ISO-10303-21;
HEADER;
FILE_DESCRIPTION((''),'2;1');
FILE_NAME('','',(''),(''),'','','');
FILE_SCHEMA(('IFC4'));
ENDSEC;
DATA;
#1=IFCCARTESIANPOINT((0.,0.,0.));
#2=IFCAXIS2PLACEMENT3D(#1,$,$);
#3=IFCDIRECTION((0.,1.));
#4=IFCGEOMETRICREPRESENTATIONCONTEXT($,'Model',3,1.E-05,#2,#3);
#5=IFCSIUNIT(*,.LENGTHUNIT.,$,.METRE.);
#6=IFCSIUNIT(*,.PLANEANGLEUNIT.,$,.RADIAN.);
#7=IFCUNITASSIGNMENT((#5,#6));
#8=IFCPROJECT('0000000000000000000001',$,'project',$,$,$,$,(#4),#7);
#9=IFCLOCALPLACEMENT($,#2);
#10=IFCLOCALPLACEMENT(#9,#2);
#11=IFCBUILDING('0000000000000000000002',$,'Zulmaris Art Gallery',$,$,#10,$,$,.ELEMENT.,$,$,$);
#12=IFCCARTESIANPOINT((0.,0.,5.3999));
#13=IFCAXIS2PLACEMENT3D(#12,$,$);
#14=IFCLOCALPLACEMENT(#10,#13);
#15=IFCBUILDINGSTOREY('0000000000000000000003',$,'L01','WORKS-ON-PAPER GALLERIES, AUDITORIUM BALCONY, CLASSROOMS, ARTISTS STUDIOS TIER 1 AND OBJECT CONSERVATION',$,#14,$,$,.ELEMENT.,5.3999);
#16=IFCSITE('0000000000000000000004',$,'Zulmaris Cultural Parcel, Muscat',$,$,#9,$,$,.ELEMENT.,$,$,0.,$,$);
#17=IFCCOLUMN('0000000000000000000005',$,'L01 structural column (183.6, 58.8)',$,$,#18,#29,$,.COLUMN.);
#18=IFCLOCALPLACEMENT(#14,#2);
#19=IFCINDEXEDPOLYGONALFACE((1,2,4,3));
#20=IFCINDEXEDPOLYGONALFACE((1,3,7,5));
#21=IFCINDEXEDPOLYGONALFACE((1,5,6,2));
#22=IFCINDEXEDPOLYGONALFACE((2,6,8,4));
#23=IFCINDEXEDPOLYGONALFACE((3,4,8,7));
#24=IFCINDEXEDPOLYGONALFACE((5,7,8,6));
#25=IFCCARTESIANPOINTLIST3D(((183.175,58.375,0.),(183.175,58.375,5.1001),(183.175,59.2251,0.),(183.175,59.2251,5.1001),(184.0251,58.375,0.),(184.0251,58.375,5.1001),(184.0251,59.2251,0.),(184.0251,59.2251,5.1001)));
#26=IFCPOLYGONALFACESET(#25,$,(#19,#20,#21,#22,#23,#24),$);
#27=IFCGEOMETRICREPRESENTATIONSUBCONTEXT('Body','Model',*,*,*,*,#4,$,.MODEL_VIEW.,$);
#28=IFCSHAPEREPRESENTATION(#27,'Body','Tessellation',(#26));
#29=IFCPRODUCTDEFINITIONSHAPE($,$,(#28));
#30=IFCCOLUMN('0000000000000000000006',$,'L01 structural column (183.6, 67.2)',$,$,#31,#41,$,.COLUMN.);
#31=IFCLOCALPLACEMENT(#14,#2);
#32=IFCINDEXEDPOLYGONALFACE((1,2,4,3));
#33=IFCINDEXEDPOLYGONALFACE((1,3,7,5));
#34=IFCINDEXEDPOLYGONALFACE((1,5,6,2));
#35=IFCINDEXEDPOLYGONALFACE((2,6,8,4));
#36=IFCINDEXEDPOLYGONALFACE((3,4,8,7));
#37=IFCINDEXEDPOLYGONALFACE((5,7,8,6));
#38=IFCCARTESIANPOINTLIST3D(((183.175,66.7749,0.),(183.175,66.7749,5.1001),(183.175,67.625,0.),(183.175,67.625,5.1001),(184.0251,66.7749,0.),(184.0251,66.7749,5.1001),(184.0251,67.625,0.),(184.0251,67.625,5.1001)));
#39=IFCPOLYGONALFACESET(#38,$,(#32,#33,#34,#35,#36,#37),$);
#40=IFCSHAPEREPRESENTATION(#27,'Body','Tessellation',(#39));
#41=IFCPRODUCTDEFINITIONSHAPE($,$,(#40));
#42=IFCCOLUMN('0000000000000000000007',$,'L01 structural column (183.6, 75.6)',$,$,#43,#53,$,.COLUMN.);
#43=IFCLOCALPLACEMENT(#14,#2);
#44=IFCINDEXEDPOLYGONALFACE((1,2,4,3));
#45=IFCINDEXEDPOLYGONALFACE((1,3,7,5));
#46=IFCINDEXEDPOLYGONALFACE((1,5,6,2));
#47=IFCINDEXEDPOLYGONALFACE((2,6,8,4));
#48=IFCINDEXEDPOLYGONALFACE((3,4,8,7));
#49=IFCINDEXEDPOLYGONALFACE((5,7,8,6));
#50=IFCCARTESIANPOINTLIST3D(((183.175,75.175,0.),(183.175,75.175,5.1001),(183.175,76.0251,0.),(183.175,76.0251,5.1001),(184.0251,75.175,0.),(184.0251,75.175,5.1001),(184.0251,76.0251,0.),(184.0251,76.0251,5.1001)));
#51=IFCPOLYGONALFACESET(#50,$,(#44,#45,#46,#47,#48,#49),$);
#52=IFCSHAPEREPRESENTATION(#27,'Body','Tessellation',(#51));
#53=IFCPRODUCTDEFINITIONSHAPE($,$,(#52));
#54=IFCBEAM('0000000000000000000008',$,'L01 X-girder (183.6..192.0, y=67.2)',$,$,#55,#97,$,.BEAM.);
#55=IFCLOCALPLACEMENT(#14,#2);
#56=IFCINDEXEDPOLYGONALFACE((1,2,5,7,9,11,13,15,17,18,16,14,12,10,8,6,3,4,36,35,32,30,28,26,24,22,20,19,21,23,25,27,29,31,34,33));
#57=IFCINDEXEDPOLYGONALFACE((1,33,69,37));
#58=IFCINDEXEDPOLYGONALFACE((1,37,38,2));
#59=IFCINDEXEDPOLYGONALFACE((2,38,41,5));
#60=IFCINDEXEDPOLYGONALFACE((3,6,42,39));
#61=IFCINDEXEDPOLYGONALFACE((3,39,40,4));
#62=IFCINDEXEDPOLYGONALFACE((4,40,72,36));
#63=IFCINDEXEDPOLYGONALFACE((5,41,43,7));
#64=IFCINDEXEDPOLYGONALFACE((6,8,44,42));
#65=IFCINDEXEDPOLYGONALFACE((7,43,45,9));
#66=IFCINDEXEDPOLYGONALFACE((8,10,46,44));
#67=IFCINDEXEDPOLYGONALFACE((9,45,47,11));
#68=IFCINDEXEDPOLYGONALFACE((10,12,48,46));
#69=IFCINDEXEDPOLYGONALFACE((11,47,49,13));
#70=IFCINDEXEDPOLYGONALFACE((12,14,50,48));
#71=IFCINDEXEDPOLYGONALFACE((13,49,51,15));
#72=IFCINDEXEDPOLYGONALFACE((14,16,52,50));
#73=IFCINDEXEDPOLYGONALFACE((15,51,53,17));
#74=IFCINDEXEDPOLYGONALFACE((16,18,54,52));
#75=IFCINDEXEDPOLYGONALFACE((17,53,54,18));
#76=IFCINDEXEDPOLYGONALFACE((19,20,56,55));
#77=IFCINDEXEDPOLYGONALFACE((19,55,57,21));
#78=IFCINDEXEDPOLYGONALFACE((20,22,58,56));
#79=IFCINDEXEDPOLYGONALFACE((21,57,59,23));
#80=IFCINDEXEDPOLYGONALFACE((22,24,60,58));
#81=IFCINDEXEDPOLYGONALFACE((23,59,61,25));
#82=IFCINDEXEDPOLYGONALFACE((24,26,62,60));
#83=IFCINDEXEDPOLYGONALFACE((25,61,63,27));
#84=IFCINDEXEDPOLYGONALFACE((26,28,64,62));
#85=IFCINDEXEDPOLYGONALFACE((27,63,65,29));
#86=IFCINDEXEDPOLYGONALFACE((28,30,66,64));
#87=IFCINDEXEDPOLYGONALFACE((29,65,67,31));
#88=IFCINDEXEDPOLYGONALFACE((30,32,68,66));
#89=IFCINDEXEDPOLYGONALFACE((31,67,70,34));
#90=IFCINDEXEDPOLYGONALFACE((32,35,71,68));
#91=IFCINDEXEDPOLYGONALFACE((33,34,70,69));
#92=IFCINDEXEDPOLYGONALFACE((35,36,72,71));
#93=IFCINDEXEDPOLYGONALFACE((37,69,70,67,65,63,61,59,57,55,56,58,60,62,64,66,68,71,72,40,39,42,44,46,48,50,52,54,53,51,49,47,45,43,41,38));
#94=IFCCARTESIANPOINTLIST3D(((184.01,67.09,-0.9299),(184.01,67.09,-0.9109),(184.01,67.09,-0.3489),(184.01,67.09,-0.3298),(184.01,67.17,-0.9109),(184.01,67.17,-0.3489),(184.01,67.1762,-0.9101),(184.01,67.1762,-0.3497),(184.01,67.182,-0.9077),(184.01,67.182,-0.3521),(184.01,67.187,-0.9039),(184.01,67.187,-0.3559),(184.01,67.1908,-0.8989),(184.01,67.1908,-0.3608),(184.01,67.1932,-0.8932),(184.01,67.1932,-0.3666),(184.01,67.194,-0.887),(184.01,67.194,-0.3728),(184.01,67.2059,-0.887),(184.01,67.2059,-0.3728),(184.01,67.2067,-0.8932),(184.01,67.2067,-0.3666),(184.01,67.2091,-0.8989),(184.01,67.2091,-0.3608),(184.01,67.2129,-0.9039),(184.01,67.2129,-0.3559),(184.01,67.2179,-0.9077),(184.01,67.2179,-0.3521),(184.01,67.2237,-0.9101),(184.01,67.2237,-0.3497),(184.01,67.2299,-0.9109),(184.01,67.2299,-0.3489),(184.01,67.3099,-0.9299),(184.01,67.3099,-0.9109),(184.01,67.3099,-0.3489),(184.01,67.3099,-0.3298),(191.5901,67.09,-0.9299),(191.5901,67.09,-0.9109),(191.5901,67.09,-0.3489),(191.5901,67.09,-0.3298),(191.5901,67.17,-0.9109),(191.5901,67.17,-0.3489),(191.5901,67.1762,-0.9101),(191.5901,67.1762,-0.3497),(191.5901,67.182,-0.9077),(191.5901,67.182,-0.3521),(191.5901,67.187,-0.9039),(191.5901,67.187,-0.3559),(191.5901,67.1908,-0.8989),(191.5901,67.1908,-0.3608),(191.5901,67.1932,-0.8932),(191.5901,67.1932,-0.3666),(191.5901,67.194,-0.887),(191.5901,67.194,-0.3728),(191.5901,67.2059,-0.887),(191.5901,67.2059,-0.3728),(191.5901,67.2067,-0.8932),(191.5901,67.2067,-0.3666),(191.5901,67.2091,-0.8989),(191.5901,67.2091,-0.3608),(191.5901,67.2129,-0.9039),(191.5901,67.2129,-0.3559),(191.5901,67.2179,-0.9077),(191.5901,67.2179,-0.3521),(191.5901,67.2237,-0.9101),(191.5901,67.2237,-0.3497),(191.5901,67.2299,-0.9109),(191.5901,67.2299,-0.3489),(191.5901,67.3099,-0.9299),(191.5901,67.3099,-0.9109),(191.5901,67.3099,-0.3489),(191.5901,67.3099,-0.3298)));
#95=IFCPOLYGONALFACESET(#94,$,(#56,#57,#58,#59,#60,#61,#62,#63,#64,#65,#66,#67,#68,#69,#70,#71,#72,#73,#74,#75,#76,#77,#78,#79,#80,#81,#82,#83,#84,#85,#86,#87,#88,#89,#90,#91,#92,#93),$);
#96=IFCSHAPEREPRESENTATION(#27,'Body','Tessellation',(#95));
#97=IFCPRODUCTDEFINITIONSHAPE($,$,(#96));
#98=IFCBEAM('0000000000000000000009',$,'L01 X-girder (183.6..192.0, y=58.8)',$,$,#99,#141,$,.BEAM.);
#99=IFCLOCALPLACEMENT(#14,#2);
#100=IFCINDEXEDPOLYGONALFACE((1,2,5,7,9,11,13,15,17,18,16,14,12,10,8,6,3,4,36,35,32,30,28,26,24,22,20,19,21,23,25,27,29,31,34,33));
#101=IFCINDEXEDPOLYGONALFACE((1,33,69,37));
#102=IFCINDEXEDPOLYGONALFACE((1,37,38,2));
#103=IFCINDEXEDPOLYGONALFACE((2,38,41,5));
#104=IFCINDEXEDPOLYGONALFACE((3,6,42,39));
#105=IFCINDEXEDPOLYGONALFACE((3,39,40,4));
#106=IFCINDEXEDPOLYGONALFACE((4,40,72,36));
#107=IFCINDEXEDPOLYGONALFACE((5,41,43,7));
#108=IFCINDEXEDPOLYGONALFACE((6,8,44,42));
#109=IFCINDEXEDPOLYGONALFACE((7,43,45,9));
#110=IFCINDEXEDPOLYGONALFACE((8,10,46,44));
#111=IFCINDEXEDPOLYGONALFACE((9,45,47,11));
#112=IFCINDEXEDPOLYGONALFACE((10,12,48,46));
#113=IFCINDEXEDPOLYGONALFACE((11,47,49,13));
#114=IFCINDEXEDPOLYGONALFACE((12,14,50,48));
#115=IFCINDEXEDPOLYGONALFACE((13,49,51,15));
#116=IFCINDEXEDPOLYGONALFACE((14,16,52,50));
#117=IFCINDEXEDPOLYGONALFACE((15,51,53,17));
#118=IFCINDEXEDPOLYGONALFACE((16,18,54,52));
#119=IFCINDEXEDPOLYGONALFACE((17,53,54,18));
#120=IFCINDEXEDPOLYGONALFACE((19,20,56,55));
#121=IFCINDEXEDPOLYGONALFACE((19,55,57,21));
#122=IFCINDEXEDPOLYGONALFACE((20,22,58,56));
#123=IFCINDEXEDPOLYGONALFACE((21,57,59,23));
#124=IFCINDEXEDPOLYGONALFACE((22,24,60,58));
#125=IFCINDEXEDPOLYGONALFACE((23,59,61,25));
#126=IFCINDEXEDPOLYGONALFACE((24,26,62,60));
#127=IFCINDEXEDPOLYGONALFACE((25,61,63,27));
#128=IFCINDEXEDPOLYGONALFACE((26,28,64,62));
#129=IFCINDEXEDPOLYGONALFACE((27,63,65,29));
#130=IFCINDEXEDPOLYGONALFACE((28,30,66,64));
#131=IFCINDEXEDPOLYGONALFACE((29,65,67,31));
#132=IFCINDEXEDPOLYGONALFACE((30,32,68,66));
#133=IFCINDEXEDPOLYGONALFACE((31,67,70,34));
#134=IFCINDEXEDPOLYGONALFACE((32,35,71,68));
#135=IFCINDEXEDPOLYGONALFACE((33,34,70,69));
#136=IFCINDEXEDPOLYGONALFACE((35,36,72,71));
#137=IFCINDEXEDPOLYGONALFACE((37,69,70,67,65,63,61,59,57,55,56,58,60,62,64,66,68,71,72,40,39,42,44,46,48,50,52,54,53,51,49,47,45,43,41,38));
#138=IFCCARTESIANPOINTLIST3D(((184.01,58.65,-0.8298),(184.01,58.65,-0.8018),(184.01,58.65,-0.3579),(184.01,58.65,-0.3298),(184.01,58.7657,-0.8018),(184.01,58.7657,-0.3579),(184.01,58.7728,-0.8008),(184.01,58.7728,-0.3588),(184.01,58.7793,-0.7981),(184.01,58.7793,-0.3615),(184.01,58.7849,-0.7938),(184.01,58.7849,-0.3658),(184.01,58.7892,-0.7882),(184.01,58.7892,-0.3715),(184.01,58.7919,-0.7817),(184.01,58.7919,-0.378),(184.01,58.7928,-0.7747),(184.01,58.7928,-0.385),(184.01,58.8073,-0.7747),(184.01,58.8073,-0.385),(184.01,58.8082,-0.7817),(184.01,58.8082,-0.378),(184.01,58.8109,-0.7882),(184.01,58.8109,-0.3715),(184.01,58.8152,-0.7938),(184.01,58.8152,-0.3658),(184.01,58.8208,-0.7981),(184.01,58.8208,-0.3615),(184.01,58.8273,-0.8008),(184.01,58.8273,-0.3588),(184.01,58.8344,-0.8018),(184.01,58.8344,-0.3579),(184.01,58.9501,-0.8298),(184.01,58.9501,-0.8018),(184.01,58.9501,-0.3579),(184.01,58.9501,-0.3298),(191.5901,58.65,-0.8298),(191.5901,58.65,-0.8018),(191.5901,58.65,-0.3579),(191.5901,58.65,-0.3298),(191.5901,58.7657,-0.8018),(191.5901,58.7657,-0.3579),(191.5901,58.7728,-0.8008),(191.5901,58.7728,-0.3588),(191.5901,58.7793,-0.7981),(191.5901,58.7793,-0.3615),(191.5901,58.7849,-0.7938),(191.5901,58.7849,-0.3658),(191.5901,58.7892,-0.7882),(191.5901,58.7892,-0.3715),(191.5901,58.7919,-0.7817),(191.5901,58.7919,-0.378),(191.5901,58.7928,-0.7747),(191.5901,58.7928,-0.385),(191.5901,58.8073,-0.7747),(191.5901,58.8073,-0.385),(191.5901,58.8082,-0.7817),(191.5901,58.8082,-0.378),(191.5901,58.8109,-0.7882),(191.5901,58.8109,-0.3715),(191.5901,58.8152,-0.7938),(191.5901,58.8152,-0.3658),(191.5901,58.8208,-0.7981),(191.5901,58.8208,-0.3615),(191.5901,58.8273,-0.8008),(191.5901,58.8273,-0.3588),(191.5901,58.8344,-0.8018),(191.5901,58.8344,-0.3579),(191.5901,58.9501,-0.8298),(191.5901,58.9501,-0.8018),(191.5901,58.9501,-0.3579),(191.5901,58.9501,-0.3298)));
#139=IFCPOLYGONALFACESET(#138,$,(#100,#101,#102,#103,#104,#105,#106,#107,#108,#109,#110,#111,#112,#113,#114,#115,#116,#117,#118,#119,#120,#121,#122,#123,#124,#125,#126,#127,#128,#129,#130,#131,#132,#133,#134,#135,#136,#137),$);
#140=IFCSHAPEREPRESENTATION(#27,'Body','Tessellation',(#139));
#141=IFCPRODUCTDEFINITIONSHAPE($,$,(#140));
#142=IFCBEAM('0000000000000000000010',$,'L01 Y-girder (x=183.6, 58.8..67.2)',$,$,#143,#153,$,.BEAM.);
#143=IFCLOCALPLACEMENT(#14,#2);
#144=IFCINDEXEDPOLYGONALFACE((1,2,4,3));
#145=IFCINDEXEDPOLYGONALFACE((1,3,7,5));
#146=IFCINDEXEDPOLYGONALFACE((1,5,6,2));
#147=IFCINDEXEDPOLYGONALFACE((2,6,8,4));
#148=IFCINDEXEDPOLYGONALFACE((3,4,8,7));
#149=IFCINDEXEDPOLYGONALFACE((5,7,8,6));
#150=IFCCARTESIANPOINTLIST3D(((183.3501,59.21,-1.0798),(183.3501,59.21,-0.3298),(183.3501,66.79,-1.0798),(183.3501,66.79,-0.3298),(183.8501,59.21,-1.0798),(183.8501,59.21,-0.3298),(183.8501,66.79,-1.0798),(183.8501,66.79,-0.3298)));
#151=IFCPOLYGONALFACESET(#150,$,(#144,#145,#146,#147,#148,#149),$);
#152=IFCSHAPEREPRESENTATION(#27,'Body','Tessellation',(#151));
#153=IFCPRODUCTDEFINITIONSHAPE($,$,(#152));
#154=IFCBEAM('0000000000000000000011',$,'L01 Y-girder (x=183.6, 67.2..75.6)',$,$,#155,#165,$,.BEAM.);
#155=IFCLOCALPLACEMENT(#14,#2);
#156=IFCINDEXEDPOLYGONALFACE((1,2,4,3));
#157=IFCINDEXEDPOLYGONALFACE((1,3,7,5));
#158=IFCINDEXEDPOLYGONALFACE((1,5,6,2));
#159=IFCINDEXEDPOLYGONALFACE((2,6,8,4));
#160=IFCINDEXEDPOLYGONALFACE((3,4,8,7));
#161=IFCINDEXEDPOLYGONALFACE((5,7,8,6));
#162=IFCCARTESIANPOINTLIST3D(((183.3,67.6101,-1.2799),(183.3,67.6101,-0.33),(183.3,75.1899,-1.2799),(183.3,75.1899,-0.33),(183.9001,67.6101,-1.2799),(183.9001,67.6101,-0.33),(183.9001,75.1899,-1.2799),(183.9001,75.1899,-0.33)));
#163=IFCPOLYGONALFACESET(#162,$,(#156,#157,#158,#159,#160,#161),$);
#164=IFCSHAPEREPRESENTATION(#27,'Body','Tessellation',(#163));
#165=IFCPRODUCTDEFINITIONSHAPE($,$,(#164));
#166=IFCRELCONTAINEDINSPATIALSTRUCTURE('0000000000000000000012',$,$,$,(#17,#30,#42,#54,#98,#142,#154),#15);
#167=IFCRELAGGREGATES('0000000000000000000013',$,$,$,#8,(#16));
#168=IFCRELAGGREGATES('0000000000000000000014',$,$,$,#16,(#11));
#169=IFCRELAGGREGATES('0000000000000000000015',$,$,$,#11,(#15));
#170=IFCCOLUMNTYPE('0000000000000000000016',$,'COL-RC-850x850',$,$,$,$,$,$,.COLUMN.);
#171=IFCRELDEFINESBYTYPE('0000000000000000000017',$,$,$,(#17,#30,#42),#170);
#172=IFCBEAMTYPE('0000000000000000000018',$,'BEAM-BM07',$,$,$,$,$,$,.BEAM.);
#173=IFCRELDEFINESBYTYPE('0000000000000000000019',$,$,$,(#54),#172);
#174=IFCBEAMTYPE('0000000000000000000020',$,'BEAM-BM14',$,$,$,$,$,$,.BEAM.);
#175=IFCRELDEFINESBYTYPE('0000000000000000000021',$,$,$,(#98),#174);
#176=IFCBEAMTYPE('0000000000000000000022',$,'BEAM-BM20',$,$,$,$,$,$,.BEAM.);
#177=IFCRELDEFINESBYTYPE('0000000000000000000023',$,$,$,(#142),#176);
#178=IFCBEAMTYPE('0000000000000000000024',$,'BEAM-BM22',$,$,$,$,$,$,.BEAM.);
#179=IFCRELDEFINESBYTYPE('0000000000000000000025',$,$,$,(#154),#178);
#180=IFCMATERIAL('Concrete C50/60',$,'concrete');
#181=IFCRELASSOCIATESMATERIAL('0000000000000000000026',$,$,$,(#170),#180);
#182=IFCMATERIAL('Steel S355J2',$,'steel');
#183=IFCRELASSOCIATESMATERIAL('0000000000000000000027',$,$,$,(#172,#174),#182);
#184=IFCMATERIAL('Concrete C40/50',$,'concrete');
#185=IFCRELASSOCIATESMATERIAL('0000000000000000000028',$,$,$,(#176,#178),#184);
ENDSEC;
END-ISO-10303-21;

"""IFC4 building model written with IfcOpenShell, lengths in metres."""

from ifc_helpers import new_model, si_unit, direction, frame, origin, origin_2d, place, context, subcontext, project, spatial, rectangle, i_section, extrude, material, material_profile, profile_set, type_object, element, save


model = new_model("IFC4")

# Units and contexts
model_context = context("Model", 3, precision=1e-05, world=origin(), true_north=direction((0.0, 1.0)))
body_context = subcontext(model_context, "Body", "Model", "MODEL_VIEW")
ifc_project = project(units=[si_unit("LENGTHUNIT", "METRE"), si_unit("PLANEANGLEUNIT", "RADIAN")], contexts=[model_context])

# Site, building, storey
site_placement = place(None, origin())
site = spatial("IfcSite", under=ifc_project, at=site_placement, Name="Zulmaris Cultural Parcel, Muscat", CompositionType="ELEMENT", RefElevation=0.0)
building_placement = place(site_placement, origin())
building = spatial("IfcBuilding", under=site, at=building_placement, Name="Zulmaris Art Gallery", CompositionType="ELEMENT")
storey_placement = place(building_placement, frame((0.0, 0.0, 5.3999)))
storey = spatial("IfcBuildingStorey", under=building, at=storey_placement, Name="L01", Description="WORKS-ON-PAPER GALLERIES, AUDITORIUM BALCONY, CLASSROOMS, ARTISTS STUDIOS TIER 1 AND OBJECT CONSERVATION", CompositionType="ELEMENT", Elevation=5.3999)

# Columns
ifc_material_1 = material(Name="Concrete C50/60", Category="concrete")
ifc_material_profile_1 = material_profile(ifc_material_1, rectangle(XDim=0.8501, YDim=0.8501, at=origin_2d()), Name="RC 850x850")
ifc_profile_set_1 = profile_set([ifc_material_profile_1], Name="Concrete C50/60")
column_type = type_object("IfcColumnType", Name="COL-RC-850x850", PredefinedType="COLUMN", material=ifc_profile_set_1)
for number, where, z_axis, x_axis, name in (
    (1, (183.6001, 58.8, 0.0), (0.0, 0.0, 1.0), (1.0, 0.0, 0.0), "L01 structural column (183.6, 58.8)"),
    (2, (183.6001, 67.2, 0.0), (0.0, 0.0, 1.0), (1.0, 0.0, 0.0), "L01 structural column (183.6, 67.2)"),
    (3, (183.6001, 75.6001, 0.0), (0.0, 0.0, 1.0), (1.0, 0.0, 0.0), "L01 structural column (183.6, 75.6)"),
):
    element("IfcColumn", number, at=place(storey_placement, frame(where, z_axis=z_axis, x_axis=x_axis)), inside=storey, type_object=column_type, Name=name, PredefinedType="COLUMN", context=body_context, shape_type="SweptSolid", body=[
        extrude(rectangle(XDim=0.8501, YDim=0.8501, at=origin_2d()), origin(), (0.0, 0.0, 1.0), 5.1001),
    ])

# Beams
ifc_material_2 = material(Name="Steel S355J2", Category="steel")
ifc_material_profile_2 = material_profile(ifc_material_2, i_section(OverallWidth=0.22, OverallDepth=0.6001, WebThickness=0.012, FlangeThickness=0.019, FilletRadius=0.0239, at=origin_2d()), Name="IPE 600")
ifc_profile_set_2 = profile_set([ifc_material_profile_2], Name="Steel S355J2")
beam_type_1 = type_object("IfcBeamType", Name="BEAM-BM07", PredefinedType="BEAM", material=ifc_profile_set_2)
beam_1_placement = place(storey_placement, frame((184.01, 67.2, -0.6299), z_axis=(1.0, 0.0, 0.0), x_axis=(0.0, 1.0, 0.0)))
element("IfcBeam", 4, at=beam_1_placement, inside=storey, type_object=beam_type_1, Name="L01 X-girder (183.6..192.0, y=67.2)", PredefinedType="BEAM", context=body_context, shape_type="SweptSolid", body=[
    extrude(i_section(OverallWidth=0.22, OverallDepth=0.6001, WebThickness=0.012, FlangeThickness=0.019, FilletRadius=0.0239, at=origin_2d()), origin(), (0.0, 0.0, 1.0), 7.5801),
])
ifc_material_profile_3 = material_profile(ifc_material_2, i_section(OverallWidth=0.3, OverallDepth=0.5, WebThickness=0.0144, FlangeThickness=0.0281, FilletRadius=0.0271, at=origin_2d()), Name="HEB 500")
ifc_profile_set_3 = profile_set([ifc_material_profile_3], Name="Steel S355J2")
beam_type_2 = type_object("IfcBeamType", Name="BEAM-BM14", PredefinedType="BEAM", material=ifc_profile_set_3)
beam_2_placement = place(storey_placement, frame((184.01, 58.8, -0.5798), z_axis=(1.0, 0.0, 0.0), x_axis=(0.0, 1.0, 0.0)))
element("IfcBeam", 5, at=beam_2_placement, inside=storey, type_object=beam_type_2, Name="L01 X-girder (183.6..192.0, y=58.8)", PredefinedType="BEAM", context=body_context, shape_type="SweptSolid", body=[
    extrude(i_section(OverallWidth=0.3, OverallDepth=0.5, WebThickness=0.0144, FlangeThickness=0.0281, FilletRadius=0.0271, at=origin_2d()), origin(), (0.0, 0.0, 1.0), 7.5801),
])
ifc_material_3 = material(Name="Concrete C40/50", Category="concrete")
ifc_material_profile_4 = material_profile(ifc_material_3, rectangle(XDim=0.5, YDim=0.75, at=origin_2d()), Name="RC 500x750")
ifc_profile_set_4 = profile_set([ifc_material_profile_4], Name="Concrete C40/50")
beam_type_3 = type_object("IfcBeamType", Name="BEAM-BM20", PredefinedType="BEAM", material=ifc_profile_set_4)
beam_3_placement = place(storey_placement, frame((183.6001, 59.21, -0.7048), z_axis=(0.0, 1.0, 0.0), x_axis=(-1.0, 0.0, 0.0)))
element("IfcBeam", 6, at=beam_3_placement, inside=storey, type_object=beam_type_3, Name="L01 Y-girder (x=183.6, 58.8..67.2)", PredefinedType="BEAM", context=body_context, shape_type="SweptSolid", body=[
    extrude(rectangle(XDim=0.5, YDim=0.75, at=origin_2d()), origin(), (0.0, 0.0, 1.0), 7.5801),
])
ifc_material_profile_5 = material_profile(ifc_material_3, rectangle(XDim=0.6001, YDim=0.95, at=origin_2d()), Name="RC 600x950")
ifc_profile_set_5 = profile_set([ifc_material_profile_5], Name="Concrete C40/50")
beam_type_4 = type_object("IfcBeamType", Name="BEAM-BM22", PredefinedType="BEAM", material=ifc_profile_set_5)
beam_4_placement = place(storey_placement, frame((183.6001, 67.6101, -0.8049), z_axis=(0.0, 1.0, 0.0), x_axis=(-1.0, 0.0, 0.0)))
element("IfcBeam", 7, at=beam_4_placement, inside=storey, type_object=beam_type_4, Name="L01 Y-girder (x=183.6, 67.2..75.6)", PredefinedType="BEAM", context=body_context, shape_type="SweptSolid", body=[
    extrude(rectangle(XDim=0.6001, YDim=0.95, at=origin_2d()), origin(), (0.0, 0.0, 1.0), 7.5798),
])

save(model, "model.ifc")
